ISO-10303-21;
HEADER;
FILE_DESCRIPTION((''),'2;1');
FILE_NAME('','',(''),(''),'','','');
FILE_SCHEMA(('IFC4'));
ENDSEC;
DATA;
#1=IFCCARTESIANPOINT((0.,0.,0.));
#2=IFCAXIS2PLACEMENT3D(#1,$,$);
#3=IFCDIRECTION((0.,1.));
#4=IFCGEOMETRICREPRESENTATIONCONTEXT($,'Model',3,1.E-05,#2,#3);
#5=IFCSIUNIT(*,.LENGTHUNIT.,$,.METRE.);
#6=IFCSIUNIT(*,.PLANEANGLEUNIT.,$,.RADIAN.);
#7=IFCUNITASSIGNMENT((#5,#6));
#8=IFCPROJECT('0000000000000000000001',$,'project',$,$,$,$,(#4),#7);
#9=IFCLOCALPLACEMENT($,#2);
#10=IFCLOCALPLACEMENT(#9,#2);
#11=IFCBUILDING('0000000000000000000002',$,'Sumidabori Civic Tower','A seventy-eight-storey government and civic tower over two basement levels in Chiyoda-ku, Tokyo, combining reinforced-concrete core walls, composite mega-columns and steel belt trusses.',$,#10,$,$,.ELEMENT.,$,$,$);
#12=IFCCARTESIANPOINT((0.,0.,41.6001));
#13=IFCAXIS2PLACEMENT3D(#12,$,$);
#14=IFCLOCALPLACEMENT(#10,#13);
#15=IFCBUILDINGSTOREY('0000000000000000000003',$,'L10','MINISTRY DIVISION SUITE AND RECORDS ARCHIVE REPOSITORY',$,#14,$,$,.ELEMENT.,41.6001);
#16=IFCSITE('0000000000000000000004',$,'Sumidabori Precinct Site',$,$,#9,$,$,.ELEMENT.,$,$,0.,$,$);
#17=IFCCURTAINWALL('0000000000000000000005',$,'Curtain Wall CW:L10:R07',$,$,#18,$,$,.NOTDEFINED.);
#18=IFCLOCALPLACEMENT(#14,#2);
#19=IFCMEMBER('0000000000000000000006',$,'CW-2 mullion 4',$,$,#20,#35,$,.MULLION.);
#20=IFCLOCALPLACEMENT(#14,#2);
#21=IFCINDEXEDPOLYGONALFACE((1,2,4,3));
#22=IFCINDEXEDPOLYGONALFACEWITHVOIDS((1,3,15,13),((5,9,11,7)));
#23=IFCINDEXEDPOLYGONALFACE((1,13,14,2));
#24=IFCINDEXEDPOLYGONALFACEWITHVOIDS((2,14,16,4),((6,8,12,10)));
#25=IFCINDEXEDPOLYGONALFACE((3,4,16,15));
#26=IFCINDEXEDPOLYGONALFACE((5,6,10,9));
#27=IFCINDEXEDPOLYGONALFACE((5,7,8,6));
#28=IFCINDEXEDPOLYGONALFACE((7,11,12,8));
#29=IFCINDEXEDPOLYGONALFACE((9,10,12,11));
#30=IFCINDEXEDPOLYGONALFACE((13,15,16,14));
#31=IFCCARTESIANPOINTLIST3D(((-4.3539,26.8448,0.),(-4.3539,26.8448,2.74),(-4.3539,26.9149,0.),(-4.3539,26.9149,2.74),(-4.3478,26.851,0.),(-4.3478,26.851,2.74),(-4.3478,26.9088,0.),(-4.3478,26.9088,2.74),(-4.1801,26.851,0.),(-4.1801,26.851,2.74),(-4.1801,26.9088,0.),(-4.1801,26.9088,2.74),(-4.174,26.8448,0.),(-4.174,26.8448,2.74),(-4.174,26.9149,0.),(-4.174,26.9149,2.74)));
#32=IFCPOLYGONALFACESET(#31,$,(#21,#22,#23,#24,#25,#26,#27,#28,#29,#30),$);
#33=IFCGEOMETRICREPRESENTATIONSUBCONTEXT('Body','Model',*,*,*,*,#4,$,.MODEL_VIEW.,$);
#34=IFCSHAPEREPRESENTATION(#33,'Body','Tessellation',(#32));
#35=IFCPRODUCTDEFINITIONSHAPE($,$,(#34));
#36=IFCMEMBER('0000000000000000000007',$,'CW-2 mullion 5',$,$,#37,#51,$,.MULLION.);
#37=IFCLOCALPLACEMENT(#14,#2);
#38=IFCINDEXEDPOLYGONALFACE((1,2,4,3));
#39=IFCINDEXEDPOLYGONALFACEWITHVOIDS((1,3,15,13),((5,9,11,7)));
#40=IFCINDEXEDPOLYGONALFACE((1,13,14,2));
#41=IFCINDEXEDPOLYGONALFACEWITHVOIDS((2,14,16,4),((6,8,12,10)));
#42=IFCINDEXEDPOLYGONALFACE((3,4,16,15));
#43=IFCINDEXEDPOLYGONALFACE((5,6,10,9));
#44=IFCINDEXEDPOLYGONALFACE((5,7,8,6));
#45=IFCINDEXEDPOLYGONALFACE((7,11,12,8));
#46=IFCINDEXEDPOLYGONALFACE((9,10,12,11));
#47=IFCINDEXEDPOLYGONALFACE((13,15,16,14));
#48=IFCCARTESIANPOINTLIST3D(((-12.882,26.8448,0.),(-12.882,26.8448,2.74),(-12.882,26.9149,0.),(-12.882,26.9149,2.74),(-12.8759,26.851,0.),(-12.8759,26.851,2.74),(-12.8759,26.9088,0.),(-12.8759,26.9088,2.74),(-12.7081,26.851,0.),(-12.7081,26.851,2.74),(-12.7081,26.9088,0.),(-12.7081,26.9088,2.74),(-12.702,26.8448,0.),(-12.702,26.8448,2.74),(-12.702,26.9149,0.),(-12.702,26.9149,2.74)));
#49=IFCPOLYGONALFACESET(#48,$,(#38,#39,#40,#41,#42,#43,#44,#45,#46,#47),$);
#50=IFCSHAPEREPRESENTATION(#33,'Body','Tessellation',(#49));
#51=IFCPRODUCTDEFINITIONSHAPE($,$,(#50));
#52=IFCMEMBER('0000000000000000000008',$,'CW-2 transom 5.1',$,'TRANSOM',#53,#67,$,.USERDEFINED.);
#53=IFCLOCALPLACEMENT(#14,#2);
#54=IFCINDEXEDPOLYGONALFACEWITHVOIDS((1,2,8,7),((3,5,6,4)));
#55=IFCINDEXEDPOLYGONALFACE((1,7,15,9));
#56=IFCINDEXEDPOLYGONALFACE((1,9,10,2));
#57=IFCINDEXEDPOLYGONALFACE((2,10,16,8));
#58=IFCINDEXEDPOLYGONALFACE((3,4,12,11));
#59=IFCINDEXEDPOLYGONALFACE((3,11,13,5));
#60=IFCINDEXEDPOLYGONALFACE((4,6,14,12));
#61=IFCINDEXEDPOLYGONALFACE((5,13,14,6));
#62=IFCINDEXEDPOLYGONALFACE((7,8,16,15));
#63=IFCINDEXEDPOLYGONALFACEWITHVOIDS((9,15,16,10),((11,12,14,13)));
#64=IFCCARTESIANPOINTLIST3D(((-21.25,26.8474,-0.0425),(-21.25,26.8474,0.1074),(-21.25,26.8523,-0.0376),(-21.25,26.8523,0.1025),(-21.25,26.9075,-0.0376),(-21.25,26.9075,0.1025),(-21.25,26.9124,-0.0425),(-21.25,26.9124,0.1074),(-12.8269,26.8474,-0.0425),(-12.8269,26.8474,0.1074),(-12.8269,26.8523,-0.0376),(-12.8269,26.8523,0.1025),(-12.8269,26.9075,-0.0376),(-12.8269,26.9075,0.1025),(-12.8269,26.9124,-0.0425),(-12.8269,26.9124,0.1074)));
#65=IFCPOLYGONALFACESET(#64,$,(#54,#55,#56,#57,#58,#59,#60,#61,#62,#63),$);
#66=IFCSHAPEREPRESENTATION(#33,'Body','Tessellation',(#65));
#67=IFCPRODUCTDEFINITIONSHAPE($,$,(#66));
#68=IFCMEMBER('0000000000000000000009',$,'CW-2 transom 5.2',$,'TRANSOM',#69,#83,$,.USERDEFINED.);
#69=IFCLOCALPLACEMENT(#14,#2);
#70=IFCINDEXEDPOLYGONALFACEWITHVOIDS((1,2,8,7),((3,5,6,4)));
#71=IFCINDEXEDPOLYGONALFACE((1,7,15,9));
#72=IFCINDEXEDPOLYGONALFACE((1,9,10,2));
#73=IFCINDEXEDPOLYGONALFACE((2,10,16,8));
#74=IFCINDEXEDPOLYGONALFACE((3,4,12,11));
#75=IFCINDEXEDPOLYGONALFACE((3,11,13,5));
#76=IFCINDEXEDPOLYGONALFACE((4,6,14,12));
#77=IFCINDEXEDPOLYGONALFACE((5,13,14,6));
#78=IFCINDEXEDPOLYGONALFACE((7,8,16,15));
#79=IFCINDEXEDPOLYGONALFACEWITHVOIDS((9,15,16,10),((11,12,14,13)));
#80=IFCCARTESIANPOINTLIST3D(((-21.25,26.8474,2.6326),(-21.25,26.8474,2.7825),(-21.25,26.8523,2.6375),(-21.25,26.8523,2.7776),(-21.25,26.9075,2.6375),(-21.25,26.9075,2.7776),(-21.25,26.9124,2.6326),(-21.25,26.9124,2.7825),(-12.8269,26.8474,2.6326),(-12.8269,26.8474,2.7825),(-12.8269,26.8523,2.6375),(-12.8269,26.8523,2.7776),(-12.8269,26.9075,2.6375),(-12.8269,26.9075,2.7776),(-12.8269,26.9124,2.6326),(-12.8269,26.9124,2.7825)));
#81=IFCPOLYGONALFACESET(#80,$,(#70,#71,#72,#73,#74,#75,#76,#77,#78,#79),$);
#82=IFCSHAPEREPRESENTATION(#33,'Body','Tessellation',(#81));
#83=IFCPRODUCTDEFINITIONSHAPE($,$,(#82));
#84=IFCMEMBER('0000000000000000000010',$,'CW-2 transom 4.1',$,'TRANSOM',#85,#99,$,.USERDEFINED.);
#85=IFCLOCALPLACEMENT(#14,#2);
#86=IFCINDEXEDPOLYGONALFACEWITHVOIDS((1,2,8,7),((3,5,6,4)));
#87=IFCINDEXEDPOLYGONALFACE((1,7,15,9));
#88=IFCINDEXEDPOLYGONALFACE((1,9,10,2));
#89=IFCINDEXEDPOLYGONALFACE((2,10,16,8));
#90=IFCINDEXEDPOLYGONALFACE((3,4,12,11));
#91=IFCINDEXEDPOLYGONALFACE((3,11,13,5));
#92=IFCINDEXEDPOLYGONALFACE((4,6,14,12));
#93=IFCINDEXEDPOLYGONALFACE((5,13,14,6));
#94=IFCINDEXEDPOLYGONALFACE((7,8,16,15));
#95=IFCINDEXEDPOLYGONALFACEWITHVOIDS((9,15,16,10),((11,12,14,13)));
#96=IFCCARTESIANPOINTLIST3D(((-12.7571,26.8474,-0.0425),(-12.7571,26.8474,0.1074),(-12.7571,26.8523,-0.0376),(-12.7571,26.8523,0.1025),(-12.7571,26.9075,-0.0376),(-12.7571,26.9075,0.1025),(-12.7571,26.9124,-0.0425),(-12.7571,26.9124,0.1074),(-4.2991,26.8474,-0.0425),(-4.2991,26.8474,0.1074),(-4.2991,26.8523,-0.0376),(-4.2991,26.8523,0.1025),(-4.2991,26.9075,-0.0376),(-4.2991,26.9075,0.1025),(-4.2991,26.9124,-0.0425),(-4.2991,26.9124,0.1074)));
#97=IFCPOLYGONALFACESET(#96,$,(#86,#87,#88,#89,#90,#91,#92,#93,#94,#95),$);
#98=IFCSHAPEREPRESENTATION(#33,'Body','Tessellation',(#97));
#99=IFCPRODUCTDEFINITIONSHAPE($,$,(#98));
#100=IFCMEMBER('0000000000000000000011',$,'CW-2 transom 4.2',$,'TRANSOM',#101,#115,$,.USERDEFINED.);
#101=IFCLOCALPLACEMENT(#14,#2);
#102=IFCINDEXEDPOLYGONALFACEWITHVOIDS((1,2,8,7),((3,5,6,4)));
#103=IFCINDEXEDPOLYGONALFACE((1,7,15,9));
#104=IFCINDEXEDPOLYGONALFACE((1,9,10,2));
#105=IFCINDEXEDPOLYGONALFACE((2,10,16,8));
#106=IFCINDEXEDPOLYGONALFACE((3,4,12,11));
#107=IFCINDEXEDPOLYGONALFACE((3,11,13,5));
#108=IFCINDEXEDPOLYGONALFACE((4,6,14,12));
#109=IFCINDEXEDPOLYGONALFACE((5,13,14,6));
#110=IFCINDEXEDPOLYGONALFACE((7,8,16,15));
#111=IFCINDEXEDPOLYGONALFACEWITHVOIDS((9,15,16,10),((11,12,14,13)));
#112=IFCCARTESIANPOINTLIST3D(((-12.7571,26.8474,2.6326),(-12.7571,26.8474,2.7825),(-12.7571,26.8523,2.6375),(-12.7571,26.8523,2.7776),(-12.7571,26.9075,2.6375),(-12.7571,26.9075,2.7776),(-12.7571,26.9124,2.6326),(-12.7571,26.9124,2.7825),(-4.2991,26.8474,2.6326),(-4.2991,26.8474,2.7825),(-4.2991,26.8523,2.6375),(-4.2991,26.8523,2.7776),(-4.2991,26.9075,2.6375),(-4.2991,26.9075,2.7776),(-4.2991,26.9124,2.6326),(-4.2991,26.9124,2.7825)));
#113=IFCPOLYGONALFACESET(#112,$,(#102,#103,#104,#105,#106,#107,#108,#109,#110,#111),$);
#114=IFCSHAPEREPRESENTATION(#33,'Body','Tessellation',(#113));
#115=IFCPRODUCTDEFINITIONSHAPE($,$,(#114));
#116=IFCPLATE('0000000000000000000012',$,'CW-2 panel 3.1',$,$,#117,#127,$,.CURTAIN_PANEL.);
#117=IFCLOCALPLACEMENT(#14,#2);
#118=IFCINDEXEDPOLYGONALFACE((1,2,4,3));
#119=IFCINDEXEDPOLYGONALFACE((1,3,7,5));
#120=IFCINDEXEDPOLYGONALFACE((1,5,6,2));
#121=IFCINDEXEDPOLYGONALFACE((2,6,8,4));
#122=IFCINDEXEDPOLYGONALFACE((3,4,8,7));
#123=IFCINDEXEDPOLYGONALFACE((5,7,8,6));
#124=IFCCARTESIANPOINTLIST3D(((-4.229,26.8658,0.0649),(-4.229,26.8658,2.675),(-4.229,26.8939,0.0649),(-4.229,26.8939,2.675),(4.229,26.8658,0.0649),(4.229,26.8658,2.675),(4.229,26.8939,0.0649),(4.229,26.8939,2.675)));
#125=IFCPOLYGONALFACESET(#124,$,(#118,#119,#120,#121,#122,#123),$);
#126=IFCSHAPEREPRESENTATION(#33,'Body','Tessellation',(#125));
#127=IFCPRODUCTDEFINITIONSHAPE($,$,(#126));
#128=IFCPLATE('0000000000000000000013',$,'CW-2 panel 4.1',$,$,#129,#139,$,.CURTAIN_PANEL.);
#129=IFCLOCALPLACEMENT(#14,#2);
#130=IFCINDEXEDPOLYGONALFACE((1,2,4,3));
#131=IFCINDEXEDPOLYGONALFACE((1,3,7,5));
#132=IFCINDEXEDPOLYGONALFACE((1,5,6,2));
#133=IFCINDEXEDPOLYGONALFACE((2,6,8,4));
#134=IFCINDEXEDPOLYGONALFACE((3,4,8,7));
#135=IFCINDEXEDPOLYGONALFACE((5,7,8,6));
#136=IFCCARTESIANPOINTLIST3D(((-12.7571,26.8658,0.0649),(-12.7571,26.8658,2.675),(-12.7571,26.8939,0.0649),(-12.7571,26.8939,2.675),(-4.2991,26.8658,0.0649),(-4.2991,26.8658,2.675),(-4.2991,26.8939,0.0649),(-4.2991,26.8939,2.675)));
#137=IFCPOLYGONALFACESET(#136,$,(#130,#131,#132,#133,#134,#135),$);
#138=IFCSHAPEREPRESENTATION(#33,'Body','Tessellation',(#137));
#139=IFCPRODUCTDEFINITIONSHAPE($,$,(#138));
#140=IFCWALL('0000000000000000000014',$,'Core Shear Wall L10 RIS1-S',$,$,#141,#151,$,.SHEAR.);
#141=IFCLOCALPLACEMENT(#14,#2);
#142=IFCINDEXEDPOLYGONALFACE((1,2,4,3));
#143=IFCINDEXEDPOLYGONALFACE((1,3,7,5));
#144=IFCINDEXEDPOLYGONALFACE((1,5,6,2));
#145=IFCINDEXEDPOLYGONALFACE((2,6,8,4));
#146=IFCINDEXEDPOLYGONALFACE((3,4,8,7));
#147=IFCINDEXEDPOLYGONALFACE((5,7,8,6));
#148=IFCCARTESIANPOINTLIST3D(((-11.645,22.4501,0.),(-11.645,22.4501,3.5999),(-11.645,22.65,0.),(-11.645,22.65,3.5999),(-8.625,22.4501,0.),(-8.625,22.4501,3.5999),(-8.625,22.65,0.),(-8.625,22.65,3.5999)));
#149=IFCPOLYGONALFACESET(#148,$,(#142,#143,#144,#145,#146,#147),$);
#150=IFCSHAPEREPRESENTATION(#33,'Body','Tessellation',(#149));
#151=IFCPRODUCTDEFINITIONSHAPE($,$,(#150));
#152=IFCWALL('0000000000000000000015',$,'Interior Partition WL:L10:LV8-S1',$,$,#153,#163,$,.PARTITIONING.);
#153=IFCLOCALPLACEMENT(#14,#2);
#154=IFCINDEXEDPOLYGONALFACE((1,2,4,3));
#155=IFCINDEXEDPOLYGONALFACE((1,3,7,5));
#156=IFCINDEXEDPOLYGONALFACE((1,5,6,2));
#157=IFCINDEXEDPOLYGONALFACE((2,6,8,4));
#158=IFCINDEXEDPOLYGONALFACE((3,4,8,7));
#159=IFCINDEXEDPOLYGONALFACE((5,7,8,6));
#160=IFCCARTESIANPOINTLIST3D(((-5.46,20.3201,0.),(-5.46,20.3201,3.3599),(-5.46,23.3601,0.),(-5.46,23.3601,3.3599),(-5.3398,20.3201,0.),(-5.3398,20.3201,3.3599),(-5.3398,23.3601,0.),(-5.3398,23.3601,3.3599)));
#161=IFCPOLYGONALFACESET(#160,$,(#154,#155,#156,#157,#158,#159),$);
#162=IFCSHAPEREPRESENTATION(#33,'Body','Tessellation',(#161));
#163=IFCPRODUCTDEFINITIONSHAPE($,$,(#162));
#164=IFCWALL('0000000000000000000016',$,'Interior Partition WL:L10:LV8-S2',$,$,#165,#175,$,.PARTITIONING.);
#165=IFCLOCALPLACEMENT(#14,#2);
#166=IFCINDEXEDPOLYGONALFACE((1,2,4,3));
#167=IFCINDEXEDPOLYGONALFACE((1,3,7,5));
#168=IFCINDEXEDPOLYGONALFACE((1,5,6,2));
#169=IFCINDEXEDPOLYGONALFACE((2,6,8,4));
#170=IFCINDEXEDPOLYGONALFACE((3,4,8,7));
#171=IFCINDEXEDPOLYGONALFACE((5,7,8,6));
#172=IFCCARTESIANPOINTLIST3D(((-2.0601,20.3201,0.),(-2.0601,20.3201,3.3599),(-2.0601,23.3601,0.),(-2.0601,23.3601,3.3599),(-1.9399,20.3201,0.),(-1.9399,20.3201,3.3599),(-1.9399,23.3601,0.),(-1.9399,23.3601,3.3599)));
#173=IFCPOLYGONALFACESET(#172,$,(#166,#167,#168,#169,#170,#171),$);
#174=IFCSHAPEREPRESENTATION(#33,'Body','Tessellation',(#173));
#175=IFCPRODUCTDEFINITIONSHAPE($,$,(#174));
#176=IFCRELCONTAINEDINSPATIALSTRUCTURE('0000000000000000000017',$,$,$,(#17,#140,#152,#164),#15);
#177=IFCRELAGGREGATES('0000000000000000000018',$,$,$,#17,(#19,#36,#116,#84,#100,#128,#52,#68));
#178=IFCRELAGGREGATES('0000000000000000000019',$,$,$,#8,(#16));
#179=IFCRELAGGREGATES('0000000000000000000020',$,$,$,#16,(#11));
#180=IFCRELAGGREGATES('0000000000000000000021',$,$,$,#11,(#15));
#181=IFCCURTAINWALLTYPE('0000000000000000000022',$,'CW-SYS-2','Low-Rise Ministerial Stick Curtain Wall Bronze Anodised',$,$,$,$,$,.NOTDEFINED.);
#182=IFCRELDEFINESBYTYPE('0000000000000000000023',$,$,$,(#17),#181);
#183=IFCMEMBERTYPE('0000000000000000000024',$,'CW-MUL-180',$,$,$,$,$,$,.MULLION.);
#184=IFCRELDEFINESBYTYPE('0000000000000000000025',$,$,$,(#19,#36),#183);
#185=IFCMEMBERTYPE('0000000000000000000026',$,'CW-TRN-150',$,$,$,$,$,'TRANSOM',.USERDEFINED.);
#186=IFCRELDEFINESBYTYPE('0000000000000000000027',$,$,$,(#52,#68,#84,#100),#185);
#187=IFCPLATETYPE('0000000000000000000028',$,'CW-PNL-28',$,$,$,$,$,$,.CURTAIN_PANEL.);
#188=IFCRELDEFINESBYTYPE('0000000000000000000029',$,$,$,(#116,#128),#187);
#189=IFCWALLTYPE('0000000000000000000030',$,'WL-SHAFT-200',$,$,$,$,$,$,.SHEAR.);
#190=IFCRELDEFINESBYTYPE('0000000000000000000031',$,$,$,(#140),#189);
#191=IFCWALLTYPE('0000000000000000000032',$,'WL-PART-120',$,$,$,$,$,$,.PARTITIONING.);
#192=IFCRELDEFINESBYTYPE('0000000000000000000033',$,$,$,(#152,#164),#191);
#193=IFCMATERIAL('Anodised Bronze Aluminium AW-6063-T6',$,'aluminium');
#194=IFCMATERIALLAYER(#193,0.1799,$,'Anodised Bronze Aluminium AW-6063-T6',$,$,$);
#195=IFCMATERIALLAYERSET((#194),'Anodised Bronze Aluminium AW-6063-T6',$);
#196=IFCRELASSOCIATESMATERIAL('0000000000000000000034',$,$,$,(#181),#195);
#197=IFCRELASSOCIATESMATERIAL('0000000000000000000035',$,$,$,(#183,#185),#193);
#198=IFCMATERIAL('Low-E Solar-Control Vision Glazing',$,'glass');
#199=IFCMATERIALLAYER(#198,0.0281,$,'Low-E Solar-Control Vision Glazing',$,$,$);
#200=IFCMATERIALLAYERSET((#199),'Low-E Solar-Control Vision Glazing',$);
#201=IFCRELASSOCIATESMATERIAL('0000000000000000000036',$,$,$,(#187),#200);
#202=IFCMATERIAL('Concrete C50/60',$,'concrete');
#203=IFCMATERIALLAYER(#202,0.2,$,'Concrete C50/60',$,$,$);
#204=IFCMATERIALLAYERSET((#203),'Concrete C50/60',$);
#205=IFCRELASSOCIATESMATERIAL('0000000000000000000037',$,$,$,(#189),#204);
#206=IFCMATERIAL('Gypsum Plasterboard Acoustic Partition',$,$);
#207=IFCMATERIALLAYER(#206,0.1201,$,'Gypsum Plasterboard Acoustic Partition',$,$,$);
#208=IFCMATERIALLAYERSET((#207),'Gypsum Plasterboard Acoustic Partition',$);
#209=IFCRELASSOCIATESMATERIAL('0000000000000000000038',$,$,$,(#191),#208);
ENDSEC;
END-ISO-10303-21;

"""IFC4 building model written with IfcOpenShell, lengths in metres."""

from ifc_helpers import new_model, si_unit, direction, frame, frame_2d, origin, origin_2d, place, context, subcontext, project, spatial, rectangle, hollow_rectangle, extrude, source, transform, mapped, material, layer, layer_set, material_profile, profile_set, type_object, element, aggregate, save


model = new_model("IFC4")

# Units and contexts
model_context = context("Model", 3, precision=1e-05, world=origin(), true_north=direction((0.0, 1.0)))
body_context = subcontext(model_context, "Body", "Model", "MODEL_VIEW")
ifc_project = project(units=[si_unit("LENGTHUNIT", "METRE"), si_unit("PLANEANGLEUNIT", "RADIAN")], contexts=[model_context])

# Site, building, storey
site_placement = place(None, origin())
site = spatial("IfcSite", under=ifc_project, at=site_placement, Name="Sumidabori Precinct Site", CompositionType="ELEMENT", RefElevation=0.0)
building_placement = place(site_placement, origin())
building = spatial("IfcBuilding", under=site, at=building_placement, Name="Sumidabori Civic Tower", Description="A seventy-eight-storey government and civic tower over two basement levels in Chiyoda-ku, Tokyo, combining reinforced-concrete core walls, composite mega-columns and steel belt trusses.", CompositionType="ELEMENT")
storey_placement = place(building_placement, frame((0.0, 0.0, 41.6001)))
storey = spatial("IfcBuildingStorey", under=building, at=storey_placement, Name="L10", Description="MINISTRY DIVISION SUITE AND RECORDS ARCHIVE REPOSITORY", CompositionType="ELEMENT", Elevation=41.6001)

# Curtain wall, members, plates
ifc_material_1 = material(Name="Anodised Bronze Aluminium AW-6063-T6", Category="aluminium")
ifc_layer_1 = layer(ifc_material_1, 0.1799, Name="Anodised Bronze Aluminium AW-6063-T6")
ifc_layer_set_1 = layer_set([ifc_layer_1], Name="Anodised Bronze Aluminium AW-6063-T6")
curtain_wall_type = type_object("IfcCurtainWallType", Name="CW-SYS-2", Description="Low-Rise Ministerial Stick Curtain Wall Bronze Anodised", PredefinedType="NOTDEFINED", material=ifc_layer_set_1)
curtain_wall_placement = place(storey_placement, origin())
curtain_wall = element("IfcCurtainWall", 1, at=curtain_wall_placement, inside=storey, type_object=curtain_wall_type, Name="Curtain Wall CW:L10:R07", PredefinedType="NOTDEFINED")
ifc_material_profile_1 = material_profile(ifc_material_1, hollow_rectangle(XDim=0.0701, YDim=0.1799, WallThickness=0.0061, at=origin_2d()), Name="ALU MULLION 180x70")
ifc_profile_set_1 = profile_set([ifc_material_profile_1], Name="Anodised Bronze Aluminium AW-6063-T6")
member_type_1 = type_object("IfcMemberType", Name="CW-MUL-180", PredefinedType="MULLION", material=ifc_profile_set_1)
shared_shape_1 = source(origin(), body_context, "Body", "SweptSolid", [
    extrude(hollow_rectangle(XDim=0.0701, YDim=0.1799, WallThickness=0.0061, at=origin_2d()), origin(), (0.0, 0.0, 1.0), 2.74),
])
member_1_placement = place(storey_placement, frame((-4.2639, 26.8799, 0.0), z_axis=(0.0, 0.0, 1.0), x_axis=(0.0, -1.0, 0.0)))
member_1 = element("IfcMember", 2, at=member_1_placement, type_object=member_type_1, Name="CW-2 mullion 4", PredefinedType="MULLION", context=body_context, shape_type="MappedRepresentation", body=[
    mapped(shared_shape_1, transform((0.0, 0.0, 0.0), x_axis=(1.0, 0.0, 0.0), y_axis=(0.0, 1.0, 0.0), z_axis=(0.0, 0.0, 1.0), scale=1.0)),
])
member_2_placement = place(storey_placement, frame((-12.792, 26.8799, 0.0), z_axis=(0.0, 0.0, 1.0), x_axis=(0.0, -1.0, 0.0)))
member_2 = element("IfcMember", 3, at=member_2_placement, type_object=member_type_1, Name="CW-2 mullion 5", PredefinedType="MULLION", context=body_context, shape_type="MappedRepresentation", body=[
    mapped(shared_shape_1, transform((0.0, 0.0, 0.0), x_axis=(1.0, 0.0, 0.0), y_axis=(0.0, 1.0, 0.0), z_axis=(0.0, 0.0, 1.0), scale=1.0)),
])
ifc_material_profile_2 = material_profile(ifc_material_1, hollow_rectangle(XDim=0.0649, YDim=0.1499, WallThickness=0.0049, at=origin_2d()), Name="ALU TRANSOM 150x65")
ifc_profile_set_2 = profile_set([ifc_material_profile_2], Name="Anodised Bronze Aluminium AW-6063-T6")
member_type_2 = type_object("IfcMemberType", Name="CW-TRN-150", ElementType="TRANSOM", PredefinedType="USERDEFINED", material=ifc_profile_set_2)
shared_shape_2 = source(origin(), body_context, "Body", "SweptSolid", [
    extrude(hollow_rectangle(XDim=0.0649, YDim=0.1499, WallThickness=0.0049, at=origin_2d()), origin(), (0.0, 0.0, 1.0), 8.4231),
])
member_3_placement = place(storey_placement, frame((-12.8269, 26.8799, 0.0325), z_axis=(-1.0, 0.0, 0.0), x_axis=(0.0, -1.0, 0.0)))
member_3 = element("IfcMember", 4, at=member_3_placement, type_object=member_type_2, Name="CW-2 transom 5.1", ObjectType="TRANSOM", PredefinedType="USERDEFINED", context=body_context, shape_type="MappedRepresentation", body=[
    mapped(shared_shape_2, transform((0.0, 0.0, 0.0), x_axis=(1.0, 0.0, 0.0), y_axis=(0.0, 1.0, 0.0), z_axis=(0.0, 0.0, 1.0), scale=1.0)),
])
member_4_placement = place(storey_placement, frame((-12.8269, 26.8799, 2.7075), z_axis=(-1.0, 0.0, 0.0), x_axis=(0.0, -1.0, 0.0)))
member_4 = element("IfcMember", 5, at=member_4_placement, type_object=member_type_2, Name="CW-2 transom 5.2", ObjectType="TRANSOM", PredefinedType="USERDEFINED", context=body_context, shape_type="MappedRepresentation", body=[
    mapped(shared_shape_2, transform((0.0, 0.0, 0.0), x_axis=(1.0, 0.0, 0.0), y_axis=(0.0, 1.0, 0.0), z_axis=(0.0, 0.0, 1.0), scale=1.0)),
])
shared_shape_3 = source(origin(), body_context, "Body", "SweptSolid", [
    extrude(hollow_rectangle(XDim=0.0649, YDim=0.1499, WallThickness=0.0049, at=origin_2d()), origin(), (0.0, 0.0, 1.0), 8.458),
])
member_5_placement = place(storey_placement, frame((-4.2991, 26.8799, 0.0325), z_axis=(-1.0, 0.0, 0.0), x_axis=(0.0, -1.0, 0.0)))
member_5 = element("IfcMember", 6, at=member_5_placement, type_object=member_type_2, Name="CW-2 transom 4.1", ObjectType="TRANSOM", PredefinedType="USERDEFINED", context=body_context, shape_type="MappedRepresentation", body=[
    mapped(shared_shape_3, transform((0.0, 0.0, 0.0), x_axis=(1.0, 0.0, 0.0), y_axis=(0.0, 1.0, 0.0), z_axis=(0.0, 0.0, 1.0), scale=1.0)),
])
member_6_placement = place(storey_placement, frame((-4.2991, 26.8799, 2.7075), z_axis=(-1.0, 0.0, 0.0), x_axis=(0.0, -1.0, 0.0)))
member_6 = element("IfcMember", 7, at=member_6_placement, type_object=member_type_2, Name="CW-2 transom 4.2", ObjectType="TRANSOM", PredefinedType="USERDEFINED", context=body_context, shape_type="MappedRepresentation", body=[
    mapped(shared_shape_3, transform((0.0, 0.0, 0.0), x_axis=(1.0, 0.0, 0.0), y_axis=(0.0, 1.0, 0.0), z_axis=(0.0, 0.0, 1.0), scale=1.0)),
])
ifc_material_2 = material(Name="Low-E Solar-Control Vision Glazing", Category="glass")
ifc_layer_2 = layer(ifc_material_2, 0.0281, Name="Low-E Solar-Control Vision Glazing")
ifc_layer_set_2 = layer_set([ifc_layer_2], Name="Low-E Solar-Control Vision Glazing")
plate_type = type_object("IfcPlateType", Name="CW-PNL-28", PredefinedType="CURTAIN_PANEL", material=ifc_layer_set_2)
shared_shape_4 = source(origin(), body_context, "Body", "SweptSolid", [
    extrude(rectangle(XDim=8.458, YDim=0.0281, at=origin_2d()), origin(), (0.0, 0.0, 1.0), 2.6101),
])
plate_1_placement = place(storey_placement, frame((0.0, 26.8799, 0.0649), z_axis=(0.0, 0.0, 1.0), x_axis=(-1.0, 0.0, 0.0)))
plate_1 = element("IfcPlate", 8, at=plate_1_placement, type_object=plate_type, Name="CW-2 panel 3.1", PredefinedType="CURTAIN_PANEL", context=body_context, shape_type="MappedRepresentation", body=[
    mapped(shared_shape_4, transform((0.0, 0.0, 0.0), x_axis=(1.0, 0.0, 0.0), y_axis=(0.0, 1.0, 0.0), z_axis=(0.0, 0.0, 1.0), scale=1.0)),
])
plate_2_placement = place(storey_placement, frame((-8.5281, 26.8799, 0.0649), z_axis=(0.0, 0.0, 1.0), x_axis=(-1.0, 0.0, 0.0)))
plate_2 = element("IfcPlate", 9, at=plate_2_placement, type_object=plate_type, Name="CW-2 panel 4.1", PredefinedType="CURTAIN_PANEL", context=body_context, shape_type="MappedRepresentation", body=[
    mapped(shared_shape_4, transform((0.0, 0.0, 0.0), x_axis=(1.0, 0.0, 0.0), y_axis=(0.0, 1.0, 0.0), z_axis=(0.0, 0.0, 1.0), scale=1.0)),
])
aggregate(curtain_wall, [member_1, member_2, plate_1, member_5, member_6, plate_2, member_3, member_4])

# Wall
ifc_material_3 = material(Name="Concrete C50/60", Category="concrete")
ifc_layer_3 = layer(ifc_material_3, 0.2, Name="Concrete C50/60")
ifc_layer_set_3 = layer_set([ifc_layer_3], Name="Concrete C50/60")
wall_type_1 = type_object("IfcWallType", Name="WL-SHAFT-200", PredefinedType="SHEAR", material=ifc_layer_set_3)
shared_shape_5 = source(origin(), body_context, "Body", "SweptSolid", [
    extrude(rectangle(XDim=3.02, YDim=0.2, at=frame_2d((1.51, 0.0))), origin(), (0.0, 0.0, 1.0), 3.5999),
])
wall_1_placement = place(storey_placement, frame((-11.645, 22.55, 0.0), z_axis=(0.0, 0.0, 1.0), x_axis=(1.0, 0.0, 0.0)))
element("IfcWall", 10, at=wall_1_placement, inside=storey, type_object=wall_type_1, Name="Core Shear Wall L10 RIS1-S", PredefinedType="SHEAR", context=body_context, shape_type="MappedRepresentation", body=[
    mapped(shared_shape_5, transform((0.0, 0.0, 0.0), x_axis=(1.0, 0.0, 0.0), y_axis=(0.0, 1.0, 0.0), z_axis=(0.0, 0.0, 1.0), scale=1.0)),
])

# Shared definitions
ifc_material_4 = material(Name="Gypsum Plasterboard Acoustic Partition")

# Walls
ifc_layer_4 = layer(ifc_material_4, 0.1201, Name="Gypsum Plasterboard Acoustic Partition")
ifc_layer_set_4 = layer_set([ifc_layer_4], Name="Gypsum Plasterboard Acoustic Partition")
wall_type_2 = type_object("IfcWallType", Name="WL-PART-120", PredefinedType="PARTITIONING", material=ifc_layer_set_4)
shared_shape_6 = source(origin(), body_context, "Body", "SweptSolid", [
    extrude(rectangle(XDim=3.04, YDim=0.1201, at=frame_2d((1.52, 0.0))), origin(), (0.0, 0.0, 1.0), 3.3599),
])
for number, where, z_axis, x_axis, name in (
    (11, (-5.3999, 20.3201, 0.0), (0.0, 0.0, 1.0), (0.0, 1.0, 0.0), "Interior Partition WL:L10:LV8-S1"),
    (12, (-2.0, 20.3201, 0.0), (0.0, 0.0, 1.0), (0.0, 1.0, 0.0), "Interior Partition WL:L10:LV8-S2"),
):
    element("IfcWall", number, at=place(storey_placement, frame(where, z_axis=z_axis, x_axis=x_axis)), inside=storey, type_object=wall_type_2, Name=name, PredefinedType="PARTITIONING", context=body_context, shape_type="MappedRepresentation", body=[
        mapped(shared_shape_6, transform((0.0, 0.0, 0.0), x_axis=(1.0, 0.0, 0.0), y_axis=(0.0, 1.0, 0.0), z_axis=(0.0, 0.0, 1.0), scale=1.0)),
    ])

save(model, "model.ifc")
